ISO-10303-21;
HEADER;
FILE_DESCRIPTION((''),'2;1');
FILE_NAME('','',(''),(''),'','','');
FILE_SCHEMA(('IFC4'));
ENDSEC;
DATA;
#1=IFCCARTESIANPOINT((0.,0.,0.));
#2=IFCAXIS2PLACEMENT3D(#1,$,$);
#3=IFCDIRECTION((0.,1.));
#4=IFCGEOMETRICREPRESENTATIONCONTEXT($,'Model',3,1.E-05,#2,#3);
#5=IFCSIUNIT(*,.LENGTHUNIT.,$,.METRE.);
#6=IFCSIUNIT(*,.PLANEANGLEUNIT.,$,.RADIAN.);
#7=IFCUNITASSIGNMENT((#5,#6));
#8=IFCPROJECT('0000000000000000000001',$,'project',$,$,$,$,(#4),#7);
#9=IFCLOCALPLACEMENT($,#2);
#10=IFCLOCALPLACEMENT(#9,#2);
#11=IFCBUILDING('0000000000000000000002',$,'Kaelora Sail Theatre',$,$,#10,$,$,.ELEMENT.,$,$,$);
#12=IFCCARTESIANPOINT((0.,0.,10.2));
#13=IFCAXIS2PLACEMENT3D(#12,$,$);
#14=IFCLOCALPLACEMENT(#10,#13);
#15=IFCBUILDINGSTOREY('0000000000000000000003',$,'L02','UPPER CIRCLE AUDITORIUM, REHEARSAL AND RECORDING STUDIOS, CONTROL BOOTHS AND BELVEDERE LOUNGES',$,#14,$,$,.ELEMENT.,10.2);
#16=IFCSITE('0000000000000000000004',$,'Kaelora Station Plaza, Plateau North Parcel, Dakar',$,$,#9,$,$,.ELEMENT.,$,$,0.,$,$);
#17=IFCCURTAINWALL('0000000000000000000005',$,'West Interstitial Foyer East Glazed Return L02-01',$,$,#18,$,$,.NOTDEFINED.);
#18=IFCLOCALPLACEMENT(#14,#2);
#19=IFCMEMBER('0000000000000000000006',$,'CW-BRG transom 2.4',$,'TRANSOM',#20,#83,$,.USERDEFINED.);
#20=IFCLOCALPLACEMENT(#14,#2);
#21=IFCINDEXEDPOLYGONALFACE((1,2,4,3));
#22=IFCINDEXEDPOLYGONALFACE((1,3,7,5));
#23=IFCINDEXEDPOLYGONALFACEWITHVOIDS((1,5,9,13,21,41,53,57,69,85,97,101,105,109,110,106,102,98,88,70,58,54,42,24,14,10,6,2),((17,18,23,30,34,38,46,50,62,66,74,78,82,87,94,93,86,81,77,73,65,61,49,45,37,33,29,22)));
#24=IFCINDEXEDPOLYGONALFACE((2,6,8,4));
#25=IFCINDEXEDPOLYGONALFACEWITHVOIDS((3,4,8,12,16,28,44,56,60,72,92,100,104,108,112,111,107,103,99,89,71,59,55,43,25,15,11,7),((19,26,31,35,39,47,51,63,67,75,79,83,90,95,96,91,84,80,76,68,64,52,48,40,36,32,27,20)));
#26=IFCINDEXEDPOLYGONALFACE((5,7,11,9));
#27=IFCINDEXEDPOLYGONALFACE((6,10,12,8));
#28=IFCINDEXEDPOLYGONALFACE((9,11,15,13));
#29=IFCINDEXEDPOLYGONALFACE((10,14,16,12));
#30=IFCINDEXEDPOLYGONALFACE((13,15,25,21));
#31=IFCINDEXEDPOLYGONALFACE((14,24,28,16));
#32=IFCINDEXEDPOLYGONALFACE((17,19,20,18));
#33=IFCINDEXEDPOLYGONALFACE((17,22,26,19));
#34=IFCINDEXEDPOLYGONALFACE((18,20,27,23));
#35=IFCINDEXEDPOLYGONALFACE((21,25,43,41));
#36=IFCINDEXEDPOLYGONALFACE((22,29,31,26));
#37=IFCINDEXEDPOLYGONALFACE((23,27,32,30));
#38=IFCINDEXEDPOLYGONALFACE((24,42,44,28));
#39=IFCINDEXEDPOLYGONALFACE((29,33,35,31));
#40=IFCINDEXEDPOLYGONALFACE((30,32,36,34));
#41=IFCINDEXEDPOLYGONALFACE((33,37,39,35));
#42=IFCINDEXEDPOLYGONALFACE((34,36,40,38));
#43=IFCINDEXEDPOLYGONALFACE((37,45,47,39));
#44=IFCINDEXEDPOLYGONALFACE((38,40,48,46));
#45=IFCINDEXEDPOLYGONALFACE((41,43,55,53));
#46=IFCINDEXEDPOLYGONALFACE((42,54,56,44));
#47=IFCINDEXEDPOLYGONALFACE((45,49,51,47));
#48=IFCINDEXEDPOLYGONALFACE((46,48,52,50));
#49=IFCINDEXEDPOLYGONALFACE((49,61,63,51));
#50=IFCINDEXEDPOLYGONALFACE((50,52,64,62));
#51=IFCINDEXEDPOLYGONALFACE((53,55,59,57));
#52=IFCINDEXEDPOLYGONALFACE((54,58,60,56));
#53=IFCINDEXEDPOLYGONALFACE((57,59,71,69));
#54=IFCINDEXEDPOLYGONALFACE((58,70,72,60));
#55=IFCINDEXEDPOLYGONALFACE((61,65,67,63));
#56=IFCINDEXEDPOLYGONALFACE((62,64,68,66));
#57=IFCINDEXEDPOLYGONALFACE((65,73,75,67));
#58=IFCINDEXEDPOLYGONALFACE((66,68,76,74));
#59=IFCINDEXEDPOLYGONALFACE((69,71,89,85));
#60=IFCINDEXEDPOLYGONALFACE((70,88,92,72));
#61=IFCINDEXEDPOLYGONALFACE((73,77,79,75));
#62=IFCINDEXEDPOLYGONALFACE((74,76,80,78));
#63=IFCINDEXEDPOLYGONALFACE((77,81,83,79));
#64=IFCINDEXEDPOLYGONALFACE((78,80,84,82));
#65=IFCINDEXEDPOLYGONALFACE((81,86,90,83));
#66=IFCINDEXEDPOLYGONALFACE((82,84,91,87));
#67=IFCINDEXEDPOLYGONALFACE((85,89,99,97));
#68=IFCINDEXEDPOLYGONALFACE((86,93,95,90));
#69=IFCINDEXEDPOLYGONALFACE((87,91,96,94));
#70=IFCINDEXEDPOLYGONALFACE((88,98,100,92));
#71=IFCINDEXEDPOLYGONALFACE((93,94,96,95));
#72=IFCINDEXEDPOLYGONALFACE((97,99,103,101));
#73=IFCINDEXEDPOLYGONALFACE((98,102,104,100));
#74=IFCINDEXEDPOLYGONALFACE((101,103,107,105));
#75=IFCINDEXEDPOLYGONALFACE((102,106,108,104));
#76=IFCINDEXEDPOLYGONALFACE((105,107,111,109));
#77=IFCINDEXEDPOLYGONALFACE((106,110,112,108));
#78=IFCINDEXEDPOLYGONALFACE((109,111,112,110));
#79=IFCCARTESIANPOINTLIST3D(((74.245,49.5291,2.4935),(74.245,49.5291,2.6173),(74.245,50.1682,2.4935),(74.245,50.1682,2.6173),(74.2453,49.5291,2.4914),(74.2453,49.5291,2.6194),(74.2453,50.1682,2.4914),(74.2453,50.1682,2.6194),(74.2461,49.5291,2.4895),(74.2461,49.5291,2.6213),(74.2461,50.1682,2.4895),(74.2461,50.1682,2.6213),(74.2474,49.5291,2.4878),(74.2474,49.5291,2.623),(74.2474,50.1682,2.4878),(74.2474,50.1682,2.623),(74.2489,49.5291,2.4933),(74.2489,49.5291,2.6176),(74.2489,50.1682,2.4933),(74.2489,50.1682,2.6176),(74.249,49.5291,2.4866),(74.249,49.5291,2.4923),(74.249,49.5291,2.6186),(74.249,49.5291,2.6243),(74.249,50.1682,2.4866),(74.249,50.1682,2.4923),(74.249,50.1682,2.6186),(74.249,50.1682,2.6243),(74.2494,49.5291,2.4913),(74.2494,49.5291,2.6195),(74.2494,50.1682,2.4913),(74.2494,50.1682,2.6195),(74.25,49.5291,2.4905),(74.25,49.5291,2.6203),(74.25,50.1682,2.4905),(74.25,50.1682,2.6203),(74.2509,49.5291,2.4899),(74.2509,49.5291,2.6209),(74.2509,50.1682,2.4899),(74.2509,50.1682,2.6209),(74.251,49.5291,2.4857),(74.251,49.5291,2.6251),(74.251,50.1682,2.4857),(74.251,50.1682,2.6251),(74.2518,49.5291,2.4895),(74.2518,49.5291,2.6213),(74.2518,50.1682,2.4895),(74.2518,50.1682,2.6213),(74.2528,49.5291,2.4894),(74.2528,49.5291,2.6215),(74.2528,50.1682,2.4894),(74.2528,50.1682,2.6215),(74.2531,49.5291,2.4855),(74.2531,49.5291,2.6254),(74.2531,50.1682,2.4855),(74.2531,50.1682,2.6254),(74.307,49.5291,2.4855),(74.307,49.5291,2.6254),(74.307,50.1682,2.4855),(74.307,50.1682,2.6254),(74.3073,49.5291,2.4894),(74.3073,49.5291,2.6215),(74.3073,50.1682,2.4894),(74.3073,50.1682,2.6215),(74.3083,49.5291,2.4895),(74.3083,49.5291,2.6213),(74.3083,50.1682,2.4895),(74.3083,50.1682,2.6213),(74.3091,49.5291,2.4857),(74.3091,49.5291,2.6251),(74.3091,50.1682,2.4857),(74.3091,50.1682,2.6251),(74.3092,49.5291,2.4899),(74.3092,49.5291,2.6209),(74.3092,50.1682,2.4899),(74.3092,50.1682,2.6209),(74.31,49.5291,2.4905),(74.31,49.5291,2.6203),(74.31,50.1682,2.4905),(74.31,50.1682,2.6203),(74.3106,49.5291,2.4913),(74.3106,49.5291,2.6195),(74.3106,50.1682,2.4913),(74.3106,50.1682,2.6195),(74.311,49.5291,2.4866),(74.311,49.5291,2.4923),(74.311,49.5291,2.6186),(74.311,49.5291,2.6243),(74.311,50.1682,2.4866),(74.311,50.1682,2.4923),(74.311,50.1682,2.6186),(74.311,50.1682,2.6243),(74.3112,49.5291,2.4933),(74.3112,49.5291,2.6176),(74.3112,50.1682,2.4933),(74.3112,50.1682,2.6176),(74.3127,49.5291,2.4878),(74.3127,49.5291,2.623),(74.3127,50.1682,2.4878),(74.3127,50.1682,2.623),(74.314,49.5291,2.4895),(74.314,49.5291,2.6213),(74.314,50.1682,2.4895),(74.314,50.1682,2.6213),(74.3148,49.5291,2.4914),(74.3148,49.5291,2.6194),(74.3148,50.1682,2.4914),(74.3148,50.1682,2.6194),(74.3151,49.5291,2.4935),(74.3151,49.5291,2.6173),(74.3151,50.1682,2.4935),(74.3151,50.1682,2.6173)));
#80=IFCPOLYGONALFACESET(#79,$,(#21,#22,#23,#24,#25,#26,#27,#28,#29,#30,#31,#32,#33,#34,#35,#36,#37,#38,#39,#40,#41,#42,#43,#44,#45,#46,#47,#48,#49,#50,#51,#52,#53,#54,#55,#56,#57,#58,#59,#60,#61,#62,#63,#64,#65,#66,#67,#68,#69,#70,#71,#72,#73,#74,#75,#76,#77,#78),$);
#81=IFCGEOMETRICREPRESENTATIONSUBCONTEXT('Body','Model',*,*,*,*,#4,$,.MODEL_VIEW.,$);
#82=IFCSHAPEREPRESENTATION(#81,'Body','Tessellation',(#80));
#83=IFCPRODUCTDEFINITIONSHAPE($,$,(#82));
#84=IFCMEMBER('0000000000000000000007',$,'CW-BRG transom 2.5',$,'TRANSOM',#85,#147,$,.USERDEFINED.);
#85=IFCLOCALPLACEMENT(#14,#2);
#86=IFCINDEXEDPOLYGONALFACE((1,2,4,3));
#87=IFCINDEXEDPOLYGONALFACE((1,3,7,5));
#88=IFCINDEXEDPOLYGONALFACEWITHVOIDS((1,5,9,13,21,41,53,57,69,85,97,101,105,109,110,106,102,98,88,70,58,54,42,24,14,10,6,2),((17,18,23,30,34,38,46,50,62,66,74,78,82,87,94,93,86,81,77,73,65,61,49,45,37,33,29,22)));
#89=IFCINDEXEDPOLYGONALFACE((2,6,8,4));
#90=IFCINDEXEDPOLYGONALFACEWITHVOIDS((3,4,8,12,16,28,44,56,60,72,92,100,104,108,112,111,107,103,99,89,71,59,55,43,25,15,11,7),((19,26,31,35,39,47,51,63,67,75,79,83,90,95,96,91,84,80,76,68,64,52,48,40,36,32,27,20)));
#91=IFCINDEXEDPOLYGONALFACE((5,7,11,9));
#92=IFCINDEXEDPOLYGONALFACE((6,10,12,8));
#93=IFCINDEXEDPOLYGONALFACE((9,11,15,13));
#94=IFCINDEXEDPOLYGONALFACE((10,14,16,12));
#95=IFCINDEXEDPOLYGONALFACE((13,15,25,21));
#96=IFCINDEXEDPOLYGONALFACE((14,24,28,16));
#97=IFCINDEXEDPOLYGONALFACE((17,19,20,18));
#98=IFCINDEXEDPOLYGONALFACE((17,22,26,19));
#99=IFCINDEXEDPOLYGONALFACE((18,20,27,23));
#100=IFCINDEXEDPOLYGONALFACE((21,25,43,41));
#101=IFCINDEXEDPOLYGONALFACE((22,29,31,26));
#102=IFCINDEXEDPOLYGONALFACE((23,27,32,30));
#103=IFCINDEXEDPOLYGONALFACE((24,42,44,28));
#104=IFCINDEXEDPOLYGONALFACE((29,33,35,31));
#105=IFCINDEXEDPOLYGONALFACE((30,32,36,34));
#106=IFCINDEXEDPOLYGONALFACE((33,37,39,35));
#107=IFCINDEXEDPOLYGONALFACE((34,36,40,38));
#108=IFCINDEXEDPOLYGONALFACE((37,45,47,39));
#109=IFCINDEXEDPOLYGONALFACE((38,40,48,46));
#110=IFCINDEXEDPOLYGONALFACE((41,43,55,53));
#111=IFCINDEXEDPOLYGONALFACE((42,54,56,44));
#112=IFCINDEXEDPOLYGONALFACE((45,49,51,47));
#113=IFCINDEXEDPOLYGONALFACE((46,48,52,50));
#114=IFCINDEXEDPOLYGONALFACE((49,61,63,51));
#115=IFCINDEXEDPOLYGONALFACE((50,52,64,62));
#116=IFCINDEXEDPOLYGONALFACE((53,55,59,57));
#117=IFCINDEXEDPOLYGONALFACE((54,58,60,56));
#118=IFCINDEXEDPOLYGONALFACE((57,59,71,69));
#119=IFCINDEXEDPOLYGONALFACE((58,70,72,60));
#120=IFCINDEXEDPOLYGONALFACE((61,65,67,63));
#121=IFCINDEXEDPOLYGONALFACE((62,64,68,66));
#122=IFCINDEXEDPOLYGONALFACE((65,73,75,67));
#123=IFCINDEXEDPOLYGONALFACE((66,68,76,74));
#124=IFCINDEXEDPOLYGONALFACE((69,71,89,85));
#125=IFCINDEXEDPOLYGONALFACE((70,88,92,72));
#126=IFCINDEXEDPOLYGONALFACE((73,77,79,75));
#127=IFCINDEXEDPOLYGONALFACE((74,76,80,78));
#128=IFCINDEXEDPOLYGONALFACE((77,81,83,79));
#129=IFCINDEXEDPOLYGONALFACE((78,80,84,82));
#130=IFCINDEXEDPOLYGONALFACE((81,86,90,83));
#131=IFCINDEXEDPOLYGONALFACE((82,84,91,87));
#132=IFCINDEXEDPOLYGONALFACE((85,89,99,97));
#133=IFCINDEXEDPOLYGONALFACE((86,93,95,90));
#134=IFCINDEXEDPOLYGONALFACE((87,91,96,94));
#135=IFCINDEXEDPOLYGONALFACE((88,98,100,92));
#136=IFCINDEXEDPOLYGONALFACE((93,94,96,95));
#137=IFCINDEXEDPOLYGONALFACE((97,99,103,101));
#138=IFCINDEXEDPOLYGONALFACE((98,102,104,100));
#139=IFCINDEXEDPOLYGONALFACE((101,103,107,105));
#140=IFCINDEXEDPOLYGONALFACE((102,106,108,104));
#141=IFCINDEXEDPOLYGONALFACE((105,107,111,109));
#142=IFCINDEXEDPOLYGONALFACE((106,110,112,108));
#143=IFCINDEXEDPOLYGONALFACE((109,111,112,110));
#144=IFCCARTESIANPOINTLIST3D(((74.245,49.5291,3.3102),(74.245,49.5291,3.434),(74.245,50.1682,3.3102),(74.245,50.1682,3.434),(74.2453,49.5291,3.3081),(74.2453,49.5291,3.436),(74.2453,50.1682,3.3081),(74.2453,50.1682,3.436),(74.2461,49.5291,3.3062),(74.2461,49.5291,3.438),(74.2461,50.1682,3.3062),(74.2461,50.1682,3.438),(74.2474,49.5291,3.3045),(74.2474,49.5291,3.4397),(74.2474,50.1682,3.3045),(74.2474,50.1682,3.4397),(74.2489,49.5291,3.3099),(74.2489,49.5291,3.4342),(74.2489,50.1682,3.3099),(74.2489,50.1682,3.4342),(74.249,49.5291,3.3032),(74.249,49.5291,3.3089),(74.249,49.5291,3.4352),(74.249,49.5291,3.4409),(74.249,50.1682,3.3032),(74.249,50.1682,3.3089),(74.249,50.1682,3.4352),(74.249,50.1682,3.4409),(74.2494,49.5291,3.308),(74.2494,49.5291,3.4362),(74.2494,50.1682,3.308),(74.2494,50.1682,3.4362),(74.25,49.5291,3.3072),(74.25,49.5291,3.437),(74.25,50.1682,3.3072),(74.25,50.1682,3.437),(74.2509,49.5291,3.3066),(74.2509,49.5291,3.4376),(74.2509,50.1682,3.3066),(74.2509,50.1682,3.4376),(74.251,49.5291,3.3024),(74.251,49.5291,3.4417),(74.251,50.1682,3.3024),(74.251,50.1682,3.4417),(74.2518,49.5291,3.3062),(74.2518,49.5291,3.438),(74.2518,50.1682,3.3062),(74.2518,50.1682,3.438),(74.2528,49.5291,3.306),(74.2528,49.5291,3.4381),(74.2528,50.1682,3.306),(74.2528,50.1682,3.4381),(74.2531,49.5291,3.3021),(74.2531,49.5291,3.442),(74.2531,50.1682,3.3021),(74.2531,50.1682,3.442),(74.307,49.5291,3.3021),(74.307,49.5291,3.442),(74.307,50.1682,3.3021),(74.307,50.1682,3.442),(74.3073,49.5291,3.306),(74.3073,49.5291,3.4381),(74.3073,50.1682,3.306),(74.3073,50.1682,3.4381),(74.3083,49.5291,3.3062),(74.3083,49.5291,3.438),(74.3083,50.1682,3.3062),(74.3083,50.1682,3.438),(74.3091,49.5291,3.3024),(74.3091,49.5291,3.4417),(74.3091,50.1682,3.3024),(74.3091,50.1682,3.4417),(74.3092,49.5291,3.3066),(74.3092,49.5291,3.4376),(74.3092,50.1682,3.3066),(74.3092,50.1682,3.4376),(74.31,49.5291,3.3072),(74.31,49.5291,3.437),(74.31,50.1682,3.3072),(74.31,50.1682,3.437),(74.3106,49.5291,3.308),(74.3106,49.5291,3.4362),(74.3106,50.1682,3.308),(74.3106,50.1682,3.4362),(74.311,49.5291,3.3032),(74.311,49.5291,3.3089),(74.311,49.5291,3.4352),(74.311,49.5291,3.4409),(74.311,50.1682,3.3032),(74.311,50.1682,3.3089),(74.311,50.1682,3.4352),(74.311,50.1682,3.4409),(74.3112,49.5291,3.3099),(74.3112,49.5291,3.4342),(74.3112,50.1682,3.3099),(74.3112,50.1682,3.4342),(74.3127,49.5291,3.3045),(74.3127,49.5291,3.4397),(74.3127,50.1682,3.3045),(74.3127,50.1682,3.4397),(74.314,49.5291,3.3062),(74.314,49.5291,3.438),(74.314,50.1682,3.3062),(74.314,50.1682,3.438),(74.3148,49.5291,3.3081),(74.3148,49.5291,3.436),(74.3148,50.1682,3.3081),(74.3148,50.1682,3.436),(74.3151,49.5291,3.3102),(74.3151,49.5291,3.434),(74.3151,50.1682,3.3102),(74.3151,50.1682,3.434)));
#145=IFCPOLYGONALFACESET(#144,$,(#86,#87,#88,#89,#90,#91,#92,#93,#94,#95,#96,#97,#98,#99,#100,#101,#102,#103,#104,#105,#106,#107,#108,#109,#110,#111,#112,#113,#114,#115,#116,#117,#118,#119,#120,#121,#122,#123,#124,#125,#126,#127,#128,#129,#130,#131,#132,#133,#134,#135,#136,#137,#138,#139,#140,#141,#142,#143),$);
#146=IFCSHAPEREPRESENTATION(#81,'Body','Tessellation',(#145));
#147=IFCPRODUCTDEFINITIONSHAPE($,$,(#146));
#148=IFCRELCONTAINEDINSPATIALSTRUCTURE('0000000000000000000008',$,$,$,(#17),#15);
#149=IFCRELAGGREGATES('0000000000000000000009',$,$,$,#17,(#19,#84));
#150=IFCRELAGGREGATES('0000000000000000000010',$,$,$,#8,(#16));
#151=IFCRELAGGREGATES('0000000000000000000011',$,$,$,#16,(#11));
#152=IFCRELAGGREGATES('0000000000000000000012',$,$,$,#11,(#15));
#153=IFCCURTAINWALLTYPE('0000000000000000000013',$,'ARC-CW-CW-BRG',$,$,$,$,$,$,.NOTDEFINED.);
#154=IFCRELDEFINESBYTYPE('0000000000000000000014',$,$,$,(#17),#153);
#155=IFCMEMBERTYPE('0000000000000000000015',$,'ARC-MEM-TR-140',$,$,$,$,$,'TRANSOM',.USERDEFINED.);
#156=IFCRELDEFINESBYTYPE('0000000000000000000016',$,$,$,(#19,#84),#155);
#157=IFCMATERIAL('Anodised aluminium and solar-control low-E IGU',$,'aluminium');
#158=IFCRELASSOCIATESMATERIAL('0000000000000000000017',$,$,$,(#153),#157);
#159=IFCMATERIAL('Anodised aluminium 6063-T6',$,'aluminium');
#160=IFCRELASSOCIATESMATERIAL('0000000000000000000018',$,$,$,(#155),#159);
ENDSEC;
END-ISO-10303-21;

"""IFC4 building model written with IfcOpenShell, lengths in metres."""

from ifc_helpers import new_model, si_unit, direction, frame, origin, origin_2d, place, context, subcontext, project, spatial, hollow_rectangle, extrude, material, material_profile, profile_set, type_object, element, aggregate, save


model = new_model("IFC4")

# Units and contexts
model_context = context("Model", 3, precision=1e-05, world=origin(), true_north=direction((0.0, 1.0)))
body_context = subcontext(model_context, "Body", "Model", "MODEL_VIEW")
ifc_project = project(units=[si_unit("LENGTHUNIT", "METRE"), si_unit("PLANEANGLEUNIT", "RADIAN")], contexts=[model_context])

# Site, building, storey
site_placement = place(None, origin())
site = spatial("IfcSite", under=ifc_project, at=site_placement, Name="Kaelora Station Plaza, Plateau North Parcel, Dakar", CompositionType="ELEMENT", RefElevation=0.0)
building_placement = place(site_placement, origin())
building = spatial("IfcBuilding", under=site, at=building_placement, Name="Kaelora Sail Theatre", CompositionType="ELEMENT")
storey_placement = place(building_placement, frame((0.0, 0.0, 10.2)))
storey = spatial("IfcBuildingStorey", under=building, at=storey_placement, Name="L02", Description="UPPER CIRCLE AUDITORIUM, REHEARSAL AND RECORDING STUDIOS, CONTROL BOOTHS AND BELVEDERE LOUNGES", CompositionType="ELEMENT", Elevation=10.2)

# Shared definitions
ifc_material_1 = material(Name="Anodised aluminium and solar-control low-E IGU", Category="aluminium")
curtain_wall_type = type_object("IfcCurtainWallType", Name="ARC-CW-CW-BRG", PredefinedType="NOTDEFINED", material=ifc_material_1)

# Curtain wall
curtain_wall_1_placement = place(storey_placement, origin())
curtain_wall_1 = element("IfcCurtainWall", 1, at=curtain_wall_1_placement, inside=storey, type_object=curtain_wall_type, Name="West Interstitial Foyer East Glazed Return L02-01", PredefinedType="NOTDEFINED")

# Members
ifc_material_2 = material(Name="Anodised aluminium 6063-T6", Category="aluminium")
ifc_material_profile_1 = material_profile(ifc_material_2, hollow_rectangle(XDim=0.0701, YDim=0.1399, WallThickness=0.0039, InnerFilletRadius=0.0039, OuterFilletRadius=0.0081, at=origin_2d()), Name="ALU-TRAN 70x140x4")
ifc_profile_set_1 = profile_set([ifc_material_profile_1], Name="Anodised aluminium 6063-T6")
member_type_1 = type_object("IfcMemberType", Name="ARC-MEM-TR-140", ElementType="TRANSOM", PredefinedType="USERDEFINED", material=ifc_profile_set_1)
member_1_placement = place(storey_placement, frame((74.28, 49.5291, 2.5554), z_axis=(0.0, 1.0, 0.0), x_axis=(-1.0, 0.0, 0.0)))
member_1 = element("IfcMember", 2, at=member_1_placement, type_object=member_type_1, Name="CW-BRG transom 2.4", ObjectType="TRANSOM", PredefinedType="USERDEFINED", context=body_context, shape_type="SweptSolid", body=[
    extrude(hollow_rectangle(XDim=0.0701, YDim=0.1399, WallThickness=0.0039, InnerFilletRadius=0.0039, OuterFilletRadius=0.0081, at=origin_2d()), origin(), (0.0, 0.0, 1.0), 0.6392),
])
member_2_placement = place(storey_placement, frame((74.28, 49.5291, 3.3721), z_axis=(0.0, 1.0, 0.0), x_axis=(-1.0, 0.0, 0.0)))
member_2 = element("IfcMember", 3, at=member_2_placement, type_object=member_type_1, Name="CW-BRG transom 2.5", ObjectType="TRANSOM", PredefinedType="USERDEFINED", context=body_context, shape_type="SweptSolid", body=[
    extrude(hollow_rectangle(XDim=0.0701, YDim=0.1399, WallThickness=0.0039, InnerFilletRadius=0.0039, OuterFilletRadius=0.0081, at=origin_2d()), origin(), (0.0, 0.0, 1.0), 0.6392),
])

aggregate(curtain_wall_1, [member_1, member_2])

save(model, "model.ifc")
